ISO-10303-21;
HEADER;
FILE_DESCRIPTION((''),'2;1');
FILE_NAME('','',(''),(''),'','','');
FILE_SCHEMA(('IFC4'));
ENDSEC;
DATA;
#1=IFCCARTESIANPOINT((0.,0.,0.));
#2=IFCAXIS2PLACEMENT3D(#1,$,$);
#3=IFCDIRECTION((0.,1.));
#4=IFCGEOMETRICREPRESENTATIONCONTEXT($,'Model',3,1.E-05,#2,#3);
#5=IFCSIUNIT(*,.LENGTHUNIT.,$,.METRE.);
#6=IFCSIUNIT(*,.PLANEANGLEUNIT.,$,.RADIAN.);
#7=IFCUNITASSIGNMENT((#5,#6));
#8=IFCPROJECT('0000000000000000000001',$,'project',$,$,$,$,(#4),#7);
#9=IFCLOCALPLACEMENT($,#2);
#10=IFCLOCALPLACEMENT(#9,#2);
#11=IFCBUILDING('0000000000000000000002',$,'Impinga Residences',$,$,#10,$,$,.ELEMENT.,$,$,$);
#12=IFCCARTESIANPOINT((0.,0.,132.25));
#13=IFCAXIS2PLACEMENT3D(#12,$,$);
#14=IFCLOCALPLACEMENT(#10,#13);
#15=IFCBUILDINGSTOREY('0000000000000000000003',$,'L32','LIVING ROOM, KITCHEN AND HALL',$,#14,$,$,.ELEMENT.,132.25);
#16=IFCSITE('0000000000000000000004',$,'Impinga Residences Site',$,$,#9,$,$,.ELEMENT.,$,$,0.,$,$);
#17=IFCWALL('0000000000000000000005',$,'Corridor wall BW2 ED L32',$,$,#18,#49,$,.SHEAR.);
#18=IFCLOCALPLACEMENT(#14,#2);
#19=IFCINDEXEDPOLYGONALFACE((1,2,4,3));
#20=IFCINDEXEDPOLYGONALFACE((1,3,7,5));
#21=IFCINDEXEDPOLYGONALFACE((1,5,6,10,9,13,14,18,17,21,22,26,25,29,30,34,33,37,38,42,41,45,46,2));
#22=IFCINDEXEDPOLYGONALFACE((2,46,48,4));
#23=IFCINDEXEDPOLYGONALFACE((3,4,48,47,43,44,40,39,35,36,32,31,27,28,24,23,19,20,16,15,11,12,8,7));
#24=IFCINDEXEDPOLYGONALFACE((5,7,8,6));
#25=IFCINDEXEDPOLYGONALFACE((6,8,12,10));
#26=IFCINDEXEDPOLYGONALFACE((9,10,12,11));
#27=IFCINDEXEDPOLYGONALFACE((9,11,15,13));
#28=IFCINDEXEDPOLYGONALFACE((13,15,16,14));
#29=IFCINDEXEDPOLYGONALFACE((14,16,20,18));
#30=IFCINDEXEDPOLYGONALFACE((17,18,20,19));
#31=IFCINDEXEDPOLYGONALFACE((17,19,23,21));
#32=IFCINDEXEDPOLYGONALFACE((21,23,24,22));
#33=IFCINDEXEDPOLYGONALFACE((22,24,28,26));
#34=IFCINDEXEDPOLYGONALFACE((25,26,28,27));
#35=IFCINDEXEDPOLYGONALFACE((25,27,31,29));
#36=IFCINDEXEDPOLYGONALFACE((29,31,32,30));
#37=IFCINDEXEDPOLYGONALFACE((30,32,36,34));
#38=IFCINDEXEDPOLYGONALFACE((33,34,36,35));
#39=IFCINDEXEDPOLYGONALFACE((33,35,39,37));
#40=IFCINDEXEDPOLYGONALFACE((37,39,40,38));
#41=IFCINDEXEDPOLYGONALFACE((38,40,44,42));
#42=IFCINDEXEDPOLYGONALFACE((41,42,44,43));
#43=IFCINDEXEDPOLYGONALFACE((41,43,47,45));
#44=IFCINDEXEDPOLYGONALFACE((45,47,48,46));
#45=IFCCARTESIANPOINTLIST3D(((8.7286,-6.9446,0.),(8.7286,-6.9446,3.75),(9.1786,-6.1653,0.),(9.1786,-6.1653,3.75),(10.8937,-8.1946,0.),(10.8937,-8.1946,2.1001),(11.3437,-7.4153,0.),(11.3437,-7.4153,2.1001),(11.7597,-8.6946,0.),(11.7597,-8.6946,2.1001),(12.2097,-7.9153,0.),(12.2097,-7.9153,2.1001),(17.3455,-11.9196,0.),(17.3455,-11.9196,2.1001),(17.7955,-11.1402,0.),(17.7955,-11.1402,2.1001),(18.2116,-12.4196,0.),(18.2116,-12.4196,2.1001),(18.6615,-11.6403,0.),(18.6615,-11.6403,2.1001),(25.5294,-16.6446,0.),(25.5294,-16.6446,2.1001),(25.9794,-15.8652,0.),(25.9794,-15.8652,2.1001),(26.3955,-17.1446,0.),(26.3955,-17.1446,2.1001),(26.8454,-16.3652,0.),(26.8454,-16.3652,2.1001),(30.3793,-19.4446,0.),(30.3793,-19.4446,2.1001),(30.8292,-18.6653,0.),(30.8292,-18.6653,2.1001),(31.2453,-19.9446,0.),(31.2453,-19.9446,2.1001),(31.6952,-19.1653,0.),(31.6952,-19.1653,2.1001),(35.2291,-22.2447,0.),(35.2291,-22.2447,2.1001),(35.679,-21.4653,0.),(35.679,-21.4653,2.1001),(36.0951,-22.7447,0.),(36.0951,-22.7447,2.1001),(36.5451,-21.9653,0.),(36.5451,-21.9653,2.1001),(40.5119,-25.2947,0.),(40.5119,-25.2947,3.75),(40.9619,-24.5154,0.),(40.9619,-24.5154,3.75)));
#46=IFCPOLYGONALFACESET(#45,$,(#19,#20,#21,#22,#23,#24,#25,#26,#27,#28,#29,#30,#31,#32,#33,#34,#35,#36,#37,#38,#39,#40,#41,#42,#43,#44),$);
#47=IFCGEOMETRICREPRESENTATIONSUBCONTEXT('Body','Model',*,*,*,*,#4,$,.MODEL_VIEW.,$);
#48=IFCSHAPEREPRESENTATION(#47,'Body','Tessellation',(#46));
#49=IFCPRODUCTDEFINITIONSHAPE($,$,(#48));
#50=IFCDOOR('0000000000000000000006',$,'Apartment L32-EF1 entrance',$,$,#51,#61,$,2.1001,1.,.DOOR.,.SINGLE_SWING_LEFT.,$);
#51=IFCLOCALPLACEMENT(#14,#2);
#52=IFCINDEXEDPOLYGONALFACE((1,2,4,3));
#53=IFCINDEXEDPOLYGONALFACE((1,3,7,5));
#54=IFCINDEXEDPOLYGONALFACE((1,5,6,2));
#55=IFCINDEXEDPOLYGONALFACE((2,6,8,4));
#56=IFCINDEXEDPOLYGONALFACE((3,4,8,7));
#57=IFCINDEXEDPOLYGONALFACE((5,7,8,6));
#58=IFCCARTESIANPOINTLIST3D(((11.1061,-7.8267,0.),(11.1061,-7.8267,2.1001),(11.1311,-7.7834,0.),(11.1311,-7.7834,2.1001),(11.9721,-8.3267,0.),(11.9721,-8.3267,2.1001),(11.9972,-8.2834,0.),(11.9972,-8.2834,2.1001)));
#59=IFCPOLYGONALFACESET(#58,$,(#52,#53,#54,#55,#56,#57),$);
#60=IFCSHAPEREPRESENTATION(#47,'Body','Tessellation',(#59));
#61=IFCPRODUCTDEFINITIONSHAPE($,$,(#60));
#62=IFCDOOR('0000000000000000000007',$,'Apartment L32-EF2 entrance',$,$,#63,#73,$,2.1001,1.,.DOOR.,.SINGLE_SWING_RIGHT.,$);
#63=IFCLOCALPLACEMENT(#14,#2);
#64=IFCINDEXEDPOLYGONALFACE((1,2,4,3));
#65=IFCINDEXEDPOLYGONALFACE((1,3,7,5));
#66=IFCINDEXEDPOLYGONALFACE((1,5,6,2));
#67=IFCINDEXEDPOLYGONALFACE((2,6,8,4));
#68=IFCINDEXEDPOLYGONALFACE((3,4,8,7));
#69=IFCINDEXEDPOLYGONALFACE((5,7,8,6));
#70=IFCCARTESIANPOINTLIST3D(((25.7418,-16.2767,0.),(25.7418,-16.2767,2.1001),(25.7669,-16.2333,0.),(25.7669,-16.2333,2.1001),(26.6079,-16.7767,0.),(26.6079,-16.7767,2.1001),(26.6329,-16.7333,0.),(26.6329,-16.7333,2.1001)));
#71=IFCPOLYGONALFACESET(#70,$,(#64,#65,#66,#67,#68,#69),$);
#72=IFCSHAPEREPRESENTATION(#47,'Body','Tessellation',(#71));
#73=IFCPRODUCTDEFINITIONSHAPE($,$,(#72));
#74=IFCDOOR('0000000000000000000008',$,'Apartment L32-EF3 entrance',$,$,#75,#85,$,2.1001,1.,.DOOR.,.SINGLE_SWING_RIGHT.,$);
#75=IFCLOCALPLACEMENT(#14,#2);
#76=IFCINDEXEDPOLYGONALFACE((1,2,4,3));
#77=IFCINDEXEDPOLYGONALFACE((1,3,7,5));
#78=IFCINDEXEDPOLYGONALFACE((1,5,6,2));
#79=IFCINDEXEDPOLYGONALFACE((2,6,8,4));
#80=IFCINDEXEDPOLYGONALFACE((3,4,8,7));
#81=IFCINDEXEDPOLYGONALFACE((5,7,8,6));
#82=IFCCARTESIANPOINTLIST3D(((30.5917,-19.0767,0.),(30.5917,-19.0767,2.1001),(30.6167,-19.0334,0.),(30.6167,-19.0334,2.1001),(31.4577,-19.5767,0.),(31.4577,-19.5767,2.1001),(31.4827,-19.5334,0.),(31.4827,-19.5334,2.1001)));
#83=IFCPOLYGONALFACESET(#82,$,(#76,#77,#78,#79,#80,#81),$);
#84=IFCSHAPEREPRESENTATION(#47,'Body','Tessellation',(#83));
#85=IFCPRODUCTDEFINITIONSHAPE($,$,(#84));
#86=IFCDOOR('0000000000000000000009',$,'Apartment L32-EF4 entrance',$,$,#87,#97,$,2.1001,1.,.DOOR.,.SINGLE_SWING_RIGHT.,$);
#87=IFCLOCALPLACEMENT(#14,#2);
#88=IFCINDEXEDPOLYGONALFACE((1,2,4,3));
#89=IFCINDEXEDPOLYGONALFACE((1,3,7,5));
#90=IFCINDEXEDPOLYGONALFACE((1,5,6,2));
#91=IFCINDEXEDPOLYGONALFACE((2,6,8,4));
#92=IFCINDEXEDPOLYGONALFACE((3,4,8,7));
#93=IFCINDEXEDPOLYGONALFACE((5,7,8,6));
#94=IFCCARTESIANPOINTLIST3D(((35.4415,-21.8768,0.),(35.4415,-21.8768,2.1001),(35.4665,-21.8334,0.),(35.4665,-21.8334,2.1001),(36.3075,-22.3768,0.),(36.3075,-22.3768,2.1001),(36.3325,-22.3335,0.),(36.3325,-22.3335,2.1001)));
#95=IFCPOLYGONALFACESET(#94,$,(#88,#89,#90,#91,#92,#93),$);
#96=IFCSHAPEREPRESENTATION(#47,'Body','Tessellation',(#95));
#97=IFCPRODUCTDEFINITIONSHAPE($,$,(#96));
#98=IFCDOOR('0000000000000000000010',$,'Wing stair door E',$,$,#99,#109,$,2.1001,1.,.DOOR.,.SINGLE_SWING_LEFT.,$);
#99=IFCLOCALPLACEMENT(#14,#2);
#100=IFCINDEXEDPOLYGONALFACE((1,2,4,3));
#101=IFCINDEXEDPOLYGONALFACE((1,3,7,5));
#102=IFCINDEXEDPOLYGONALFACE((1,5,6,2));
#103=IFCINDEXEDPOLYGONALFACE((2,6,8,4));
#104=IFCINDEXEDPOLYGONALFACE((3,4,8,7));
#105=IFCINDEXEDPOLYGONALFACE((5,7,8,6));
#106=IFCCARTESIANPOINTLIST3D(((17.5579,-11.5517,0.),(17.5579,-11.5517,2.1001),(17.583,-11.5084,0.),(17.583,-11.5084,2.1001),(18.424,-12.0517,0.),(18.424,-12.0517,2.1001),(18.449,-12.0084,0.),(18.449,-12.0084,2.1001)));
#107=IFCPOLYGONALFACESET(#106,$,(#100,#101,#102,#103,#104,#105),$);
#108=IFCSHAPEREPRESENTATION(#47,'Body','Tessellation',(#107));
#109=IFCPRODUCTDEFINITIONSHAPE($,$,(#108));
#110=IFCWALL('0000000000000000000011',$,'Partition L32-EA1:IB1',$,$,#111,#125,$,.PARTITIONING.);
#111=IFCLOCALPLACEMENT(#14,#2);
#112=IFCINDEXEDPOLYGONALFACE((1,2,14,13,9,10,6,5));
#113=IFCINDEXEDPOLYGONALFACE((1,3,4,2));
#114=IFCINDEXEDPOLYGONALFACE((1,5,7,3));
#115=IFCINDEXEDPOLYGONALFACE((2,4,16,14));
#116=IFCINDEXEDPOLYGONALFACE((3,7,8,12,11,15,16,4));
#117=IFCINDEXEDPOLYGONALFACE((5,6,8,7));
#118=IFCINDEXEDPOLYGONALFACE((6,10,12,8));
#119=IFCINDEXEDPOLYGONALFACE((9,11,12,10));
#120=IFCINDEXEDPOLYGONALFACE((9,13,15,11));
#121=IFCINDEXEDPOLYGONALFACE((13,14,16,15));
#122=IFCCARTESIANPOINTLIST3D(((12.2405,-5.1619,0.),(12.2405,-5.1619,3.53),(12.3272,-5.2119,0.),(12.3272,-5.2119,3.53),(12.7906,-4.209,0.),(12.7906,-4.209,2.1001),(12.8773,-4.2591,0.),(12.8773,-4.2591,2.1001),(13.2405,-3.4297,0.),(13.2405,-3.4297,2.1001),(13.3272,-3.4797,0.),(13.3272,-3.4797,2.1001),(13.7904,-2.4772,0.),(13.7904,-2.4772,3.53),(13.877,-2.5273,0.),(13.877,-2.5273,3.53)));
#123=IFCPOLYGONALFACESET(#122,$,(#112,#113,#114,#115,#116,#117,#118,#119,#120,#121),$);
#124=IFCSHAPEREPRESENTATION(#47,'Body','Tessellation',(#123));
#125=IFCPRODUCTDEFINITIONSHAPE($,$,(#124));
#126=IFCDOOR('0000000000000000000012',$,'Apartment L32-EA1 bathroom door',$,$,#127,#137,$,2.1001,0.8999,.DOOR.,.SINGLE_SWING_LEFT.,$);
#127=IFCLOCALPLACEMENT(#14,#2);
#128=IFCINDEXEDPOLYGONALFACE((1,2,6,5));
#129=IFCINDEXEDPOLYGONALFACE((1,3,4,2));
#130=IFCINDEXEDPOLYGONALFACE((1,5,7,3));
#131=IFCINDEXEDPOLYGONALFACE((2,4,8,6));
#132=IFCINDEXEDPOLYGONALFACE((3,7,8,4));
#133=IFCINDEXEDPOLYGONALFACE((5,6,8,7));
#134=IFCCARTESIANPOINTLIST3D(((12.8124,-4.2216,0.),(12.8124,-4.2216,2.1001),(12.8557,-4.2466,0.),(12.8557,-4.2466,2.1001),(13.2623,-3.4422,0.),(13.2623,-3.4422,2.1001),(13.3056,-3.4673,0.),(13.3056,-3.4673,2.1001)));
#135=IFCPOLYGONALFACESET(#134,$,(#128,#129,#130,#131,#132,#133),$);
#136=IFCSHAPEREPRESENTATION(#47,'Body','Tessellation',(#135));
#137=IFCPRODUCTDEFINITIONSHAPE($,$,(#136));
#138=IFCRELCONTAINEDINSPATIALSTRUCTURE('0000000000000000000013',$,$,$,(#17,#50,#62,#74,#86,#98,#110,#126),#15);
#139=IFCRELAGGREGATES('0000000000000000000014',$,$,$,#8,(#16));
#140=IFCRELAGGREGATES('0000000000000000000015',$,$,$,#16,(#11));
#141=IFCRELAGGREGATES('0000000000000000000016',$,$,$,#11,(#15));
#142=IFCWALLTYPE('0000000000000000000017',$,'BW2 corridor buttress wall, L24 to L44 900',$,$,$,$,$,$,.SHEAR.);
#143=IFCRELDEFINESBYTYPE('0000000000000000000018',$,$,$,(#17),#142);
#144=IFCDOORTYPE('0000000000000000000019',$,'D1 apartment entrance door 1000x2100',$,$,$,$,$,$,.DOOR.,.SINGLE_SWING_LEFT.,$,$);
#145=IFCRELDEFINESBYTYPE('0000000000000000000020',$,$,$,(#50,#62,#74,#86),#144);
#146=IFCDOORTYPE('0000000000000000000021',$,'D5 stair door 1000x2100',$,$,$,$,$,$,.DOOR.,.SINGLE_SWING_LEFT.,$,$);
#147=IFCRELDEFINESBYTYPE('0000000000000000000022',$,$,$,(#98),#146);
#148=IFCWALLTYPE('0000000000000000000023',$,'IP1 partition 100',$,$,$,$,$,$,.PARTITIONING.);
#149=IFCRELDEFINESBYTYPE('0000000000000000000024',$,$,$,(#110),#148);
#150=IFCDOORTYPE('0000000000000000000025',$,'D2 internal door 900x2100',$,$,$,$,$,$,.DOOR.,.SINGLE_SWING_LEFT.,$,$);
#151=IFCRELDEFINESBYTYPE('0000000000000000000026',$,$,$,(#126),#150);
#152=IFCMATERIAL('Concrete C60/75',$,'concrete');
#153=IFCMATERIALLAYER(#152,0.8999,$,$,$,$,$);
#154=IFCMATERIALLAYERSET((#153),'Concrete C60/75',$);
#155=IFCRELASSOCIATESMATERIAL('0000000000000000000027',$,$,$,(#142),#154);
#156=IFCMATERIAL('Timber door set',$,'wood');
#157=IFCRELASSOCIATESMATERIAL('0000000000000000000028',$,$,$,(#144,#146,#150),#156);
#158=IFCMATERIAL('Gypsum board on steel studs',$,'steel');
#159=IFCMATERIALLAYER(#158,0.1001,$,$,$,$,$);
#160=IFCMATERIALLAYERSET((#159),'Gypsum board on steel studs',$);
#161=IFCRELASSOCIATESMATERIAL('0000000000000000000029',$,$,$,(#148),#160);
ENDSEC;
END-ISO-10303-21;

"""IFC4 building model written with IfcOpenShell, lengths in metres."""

from ifc_helpers import new_model, si_unit, direction, frame, frame_2d, origin, place, context, subcontext, project, spatial, rectangle, extrude, material, layer, layer_set, type_object, element, fill, save


model = new_model("IFC4")

# Units and contexts
model_context = context("Model", 3, precision=1e-05, world=origin(), true_north=direction((0.0, 1.0)))
body_context = subcontext(model_context, "Body", "Model", "MODEL_VIEW")
ifc_project = project(units=[si_unit("LENGTHUNIT", "METRE"), si_unit("PLANEANGLEUNIT", "RADIAN")], contexts=[model_context])

# Site, building, storey
site_placement = place(None, origin())
site = spatial("IfcSite", under=ifc_project, at=site_placement, Name="Impinga Residences Site", CompositionType="ELEMENT", RefElevation=0.0)
building_placement = place(site_placement, origin())
building = spatial("IfcBuilding", under=site, at=building_placement, Name="Impinga Residences", CompositionType="ELEMENT")
storey_placement = place(building_placement, frame((0.0, 0.0, 132.25)))
storey = spatial("IfcBuildingStorey", under=building, at=storey_placement, Name="L32", Description="LIVING ROOM, KITCHEN AND HALL", CompositionType="ELEMENT", Elevation=132.25)

# Wall, openings, doors
ifc_material_1 = material(Name="Concrete C60/75", Category="concrete")
ifc_layer_1 = layer(ifc_material_1, 0.8999)
ifc_layer_set_1 = layer_set([ifc_layer_1], Name="Concrete C60/75")
wall_type_1 = type_object("IfcWallType", Name="BW2 corridor buttress wall, L24 to L44 900", PredefinedType="SHEAR", material=ifc_layer_set_1)
ifc_material_2 = material(Name="Timber door set", Category="wood")
door_type_1 = type_object("IfcDoorType", Name="D1 apartment entrance door 1000x2100", OperationType="SINGLE_SWING_LEFT", PredefinedType="DOOR", material=ifc_material_2)
wall_1_placement = place(storey_placement, frame((8.9536, -6.5549, 0.0), z_axis=(0.0, 0.0, 1.0), x_axis=(0.866025, -0.500001, 0.0)))
wall_1 = element("IfcWall", 1, at=wall_1_placement, inside=storey, type_object=wall_type_1, Name="Corridor wall BW2 ED L32", PredefinedType="SHEAR", context=body_context, shape_type="SweptSolid", body=[
    extrude(rectangle(XDim=36.7002, YDim=0.8999, at=frame_2d((18.3501, 0.0))), origin(), (0.0, 0.0, 1.0), 3.75),
])
opening_1_placement = place(wall_1_placement, frame((9.95, 0.0, 0.0)))
opening_1 = element("IfcOpeningElement", 2, at=opening_1_placement, cuts=wall_1, PredefinedType="OPENING", context=body_context, shape_type="SweptSolid", body=[
    extrude(rectangle(XDim=1.0, YDim=2.1001, at=frame_2d((0.5, 1.05))), frame((0.0, 0.46, 0.0), z_axis=(0.0, -1.0, 0.0), x_axis=(1.0, 0.0, 0.0)), (0.0, 0.0, 1.0), 0.9199),
])
opening_2_placement = place(wall_1_placement, frame((2.5, 0.0, 0.0)))
opening_2 = element("IfcOpeningElement", 3, at=opening_2_placement, cuts=wall_1, PredefinedType="OPENING", context=body_context, shape_type="SweptSolid", body=[
    extrude(rectangle(XDim=1.0, YDim=2.1001, at=frame_2d((0.5, 1.05))), frame((0.0, 0.46, 0.0), z_axis=(0.0, -1.0, 0.0), x_axis=(1.0, 0.0, 0.0)), (0.0, 0.0, 1.0), 0.9199),
])
opening_3_placement = place(wall_1_placement, frame((19.3999, 0.0, 0.0)))
opening_3 = element("IfcOpeningElement", 4, at=opening_3_placement, cuts=wall_1, PredefinedType="OPENING", context=body_context, shape_type="SweptSolid", body=[
    extrude(rectangle(XDim=1.0, YDim=2.1001, at=frame_2d((0.5, 1.05))), frame((0.0, 0.46, 0.0), z_axis=(0.0, -1.0, 0.0), x_axis=(1.0, 0.0, 0.0)), (0.0, 0.0, 1.0), 0.9199),
])
opening_4_placement = place(wall_1_placement, frame((25.0, 0.0, 0.0)))
opening_4 = element("IfcOpeningElement", 5, at=opening_4_placement, cuts=wall_1, PredefinedType="OPENING", context=body_context, shape_type="SweptSolid", body=[
    extrude(rectangle(XDim=1.0, YDim=2.1001, at=frame_2d((0.5, 1.05))), frame((0.0, 0.46, 0.0), z_axis=(0.0, -1.0, 0.0), x_axis=(1.0, 0.0, 0.0)), (0.0, 0.0, 1.0), 0.9199),
])
opening_5_placement = place(wall_1_placement, frame((30.6001, 0.0, 0.0)))
opening_5 = element("IfcOpeningElement", 6, at=opening_5_placement, cuts=wall_1, PredefinedType="OPENING", context=body_context, shape_type="SweptSolid", body=[
    extrude(rectangle(XDim=1.0, YDim=2.1001, at=frame_2d((0.5, 1.05))), frame((0.0, 0.46, 0.0), z_axis=(0.0, -1.0, 0.0), x_axis=(1.0, 0.0, 0.0)), (0.0, 0.0, 1.0), 0.9199),
])
door_1_placement = place(opening_2_placement, origin())
door_1 = element("IfcDoor", 7, at=door_1_placement, inside=storey, type_object=door_type_1, Name="Apartment L32-EF1 entrance", OperationType="SINGLE_SWING_LEFT", OverallHeight=2.1001, OverallWidth=1.0, PredefinedType="DOOR", context=body_context, shape_type="SweptSolid", body=[
    extrude(rectangle(XDim=1.0, YDim=2.1001, at=frame_2d((0.5, 1.05))), frame((0.0, 0.0249, 0.0), z_axis=(0.0, -1.0, 0.0), x_axis=(1.0, 0.0, 0.0)), (0.0, 0.0, 1.0), 0.05),
])
fill(opening_2, door_1)
door_2_placement = place(opening_3_placement, origin())
door_2 = element("IfcDoor", 8, at=door_2_placement, inside=storey, type_object=door_type_1, Name="Apartment L32-EF2 entrance", OperationType="SINGLE_SWING_RIGHT", OverallHeight=2.1001, OverallWidth=1.0, PredefinedType="DOOR", context=body_context, shape_type="SweptSolid", body=[
    extrude(rectangle(XDim=1.0, YDim=2.1001, at=frame_2d((0.5, 1.05))), frame((0.0, 0.0249, 0.0), z_axis=(0.0, -1.0, 0.0), x_axis=(1.0, 0.0, 0.0)), (0.0, 0.0, 1.0), 0.05),
])
fill(opening_3, door_2)
door_3_placement = place(opening_4_placement, origin())
door_3 = element("IfcDoor", 9, at=door_3_placement, inside=storey, type_object=door_type_1, Name="Apartment L32-EF3 entrance", OperationType="SINGLE_SWING_RIGHT", OverallHeight=2.1001, OverallWidth=1.0, PredefinedType="DOOR", context=body_context, shape_type="SweptSolid", body=[
    extrude(rectangle(XDim=1.0, YDim=2.1001, at=frame_2d((0.5, 1.05))), frame((0.0, 0.0249, 0.0), z_axis=(0.0, -1.0, 0.0), x_axis=(1.0, 0.0, 0.0)), (0.0, 0.0, 1.0), 0.05),
])
fill(opening_4, door_3)
door_4_placement = place(opening_5_placement, origin())
door_4 = element("IfcDoor", 10, at=door_4_placement, inside=storey, type_object=door_type_1, Name="Apartment L32-EF4 entrance", OperationType="SINGLE_SWING_RIGHT", OverallHeight=2.1001, OverallWidth=1.0, PredefinedType="DOOR", context=body_context, shape_type="SweptSolid", body=[
    extrude(rectangle(XDim=1.0, YDim=2.1001, at=frame_2d((0.5, 1.05))), frame((0.0, 0.0249, 0.0), z_axis=(0.0, -1.0, 0.0), x_axis=(1.0, 0.0, 0.0)), (0.0, 0.0, 1.0), 0.05),
])
fill(opening_5, door_4)
door_type_2 = type_object("IfcDoorType", Name="D5 stair door 1000x2100", OperationType="SINGLE_SWING_LEFT", PredefinedType="DOOR", material=ifc_material_2)
door_5_placement = place(opening_1_placement, origin())
door_5 = element("IfcDoor", 11, at=door_5_placement, inside=storey, type_object=door_type_2, Name="Wing stair door E", OperationType="SINGLE_SWING_LEFT", OverallHeight=2.1001, OverallWidth=1.0, PredefinedType="DOOR", context=body_context, shape_type="SweptSolid", body=[
    extrude(rectangle(XDim=1.0, YDim=2.1001, at=frame_2d((0.5, 1.05))), frame((0.0, 0.0249, 0.0), z_axis=(0.0, -1.0, 0.0), x_axis=(1.0, 0.0, 0.0)), (0.0, 0.0, 1.0), 0.05),
])
fill(opening_1, door_5)

# Wall, opening, door
ifc_material_3 = material(Name="Gypsum board on steel studs", Category="steel")
ifc_layer_2 = layer(ifc_material_3, 0.1001)
ifc_layer_set_2 = layer_set([ifc_layer_2], Name="Gypsum board on steel studs")
wall_type_2 = type_object("IfcWallType", Name="IP1 partition 100", PredefinedType="PARTITIONING", material=ifc_layer_set_2)
wall_2_placement = place(storey_placement, frame((12.2839, -5.1868, 0.0), z_axis=(0.0, 0.0, 1.0), x_axis=(0.499968, 0.866044, 0.0)))
wall_2 = element("IfcWall", 12, at=wall_2_placement, inside=storey, type_object=wall_type_2, Name="Partition L32-EA1:IB1", PredefinedType="PARTITIONING", context=body_context, shape_type="SweptSolid", body=[
    extrude(rectangle(XDim=3.0999, YDim=0.1001, at=frame_2d((1.5498, 0.0))), origin(), (0.0, 0.0, 1.0), 3.53),
])
opening_6_placement = place(wall_2_placement, frame((1.1001, 0.0, 0.0)))
opening_6 = element("IfcOpeningElement", 13, at=opening_6_placement, cuts=wall_2, PredefinedType="OPENING", context=body_context, shape_type="SweptSolid", body=[
    extrude(rectangle(XDim=0.8999, YDim=2.1001, at=frame_2d((0.45, 1.05))), frame((0.0, 0.0601, 0.0), z_axis=(0.0, -1.0, 0.0), x_axis=(1.0, 0.0, 0.0)), (0.0, 0.0, 1.0), 0.1201),
])
door_type_3 = type_object("IfcDoorType", Name="D2 internal door 900x2100", OperationType="SINGLE_SWING_LEFT", PredefinedType="DOOR", material=ifc_material_2)
door_6_placement = place(opening_6_placement, origin())
door_6 = element("IfcDoor", 14, at=door_6_placement, inside=storey, type_object=door_type_3, Name="Apartment L32-EA1 bathroom door", OperationType="SINGLE_SWING_LEFT", OverallHeight=2.1001, OverallWidth=0.8999, PredefinedType="DOOR", context=body_context, shape_type="SweptSolid", body=[
    extrude(rectangle(XDim=0.8999, YDim=2.1001, at=frame_2d((0.45, 1.05))), frame((0.0, 0.0249, 0.0), z_axis=(0.0, -1.0, 0.0), x_axis=(1.0, 0.0, 0.0)), (0.0, 0.0, 1.0), 0.05),
])
fill(opening_6, door_6)

save(model, "model.ifc")
